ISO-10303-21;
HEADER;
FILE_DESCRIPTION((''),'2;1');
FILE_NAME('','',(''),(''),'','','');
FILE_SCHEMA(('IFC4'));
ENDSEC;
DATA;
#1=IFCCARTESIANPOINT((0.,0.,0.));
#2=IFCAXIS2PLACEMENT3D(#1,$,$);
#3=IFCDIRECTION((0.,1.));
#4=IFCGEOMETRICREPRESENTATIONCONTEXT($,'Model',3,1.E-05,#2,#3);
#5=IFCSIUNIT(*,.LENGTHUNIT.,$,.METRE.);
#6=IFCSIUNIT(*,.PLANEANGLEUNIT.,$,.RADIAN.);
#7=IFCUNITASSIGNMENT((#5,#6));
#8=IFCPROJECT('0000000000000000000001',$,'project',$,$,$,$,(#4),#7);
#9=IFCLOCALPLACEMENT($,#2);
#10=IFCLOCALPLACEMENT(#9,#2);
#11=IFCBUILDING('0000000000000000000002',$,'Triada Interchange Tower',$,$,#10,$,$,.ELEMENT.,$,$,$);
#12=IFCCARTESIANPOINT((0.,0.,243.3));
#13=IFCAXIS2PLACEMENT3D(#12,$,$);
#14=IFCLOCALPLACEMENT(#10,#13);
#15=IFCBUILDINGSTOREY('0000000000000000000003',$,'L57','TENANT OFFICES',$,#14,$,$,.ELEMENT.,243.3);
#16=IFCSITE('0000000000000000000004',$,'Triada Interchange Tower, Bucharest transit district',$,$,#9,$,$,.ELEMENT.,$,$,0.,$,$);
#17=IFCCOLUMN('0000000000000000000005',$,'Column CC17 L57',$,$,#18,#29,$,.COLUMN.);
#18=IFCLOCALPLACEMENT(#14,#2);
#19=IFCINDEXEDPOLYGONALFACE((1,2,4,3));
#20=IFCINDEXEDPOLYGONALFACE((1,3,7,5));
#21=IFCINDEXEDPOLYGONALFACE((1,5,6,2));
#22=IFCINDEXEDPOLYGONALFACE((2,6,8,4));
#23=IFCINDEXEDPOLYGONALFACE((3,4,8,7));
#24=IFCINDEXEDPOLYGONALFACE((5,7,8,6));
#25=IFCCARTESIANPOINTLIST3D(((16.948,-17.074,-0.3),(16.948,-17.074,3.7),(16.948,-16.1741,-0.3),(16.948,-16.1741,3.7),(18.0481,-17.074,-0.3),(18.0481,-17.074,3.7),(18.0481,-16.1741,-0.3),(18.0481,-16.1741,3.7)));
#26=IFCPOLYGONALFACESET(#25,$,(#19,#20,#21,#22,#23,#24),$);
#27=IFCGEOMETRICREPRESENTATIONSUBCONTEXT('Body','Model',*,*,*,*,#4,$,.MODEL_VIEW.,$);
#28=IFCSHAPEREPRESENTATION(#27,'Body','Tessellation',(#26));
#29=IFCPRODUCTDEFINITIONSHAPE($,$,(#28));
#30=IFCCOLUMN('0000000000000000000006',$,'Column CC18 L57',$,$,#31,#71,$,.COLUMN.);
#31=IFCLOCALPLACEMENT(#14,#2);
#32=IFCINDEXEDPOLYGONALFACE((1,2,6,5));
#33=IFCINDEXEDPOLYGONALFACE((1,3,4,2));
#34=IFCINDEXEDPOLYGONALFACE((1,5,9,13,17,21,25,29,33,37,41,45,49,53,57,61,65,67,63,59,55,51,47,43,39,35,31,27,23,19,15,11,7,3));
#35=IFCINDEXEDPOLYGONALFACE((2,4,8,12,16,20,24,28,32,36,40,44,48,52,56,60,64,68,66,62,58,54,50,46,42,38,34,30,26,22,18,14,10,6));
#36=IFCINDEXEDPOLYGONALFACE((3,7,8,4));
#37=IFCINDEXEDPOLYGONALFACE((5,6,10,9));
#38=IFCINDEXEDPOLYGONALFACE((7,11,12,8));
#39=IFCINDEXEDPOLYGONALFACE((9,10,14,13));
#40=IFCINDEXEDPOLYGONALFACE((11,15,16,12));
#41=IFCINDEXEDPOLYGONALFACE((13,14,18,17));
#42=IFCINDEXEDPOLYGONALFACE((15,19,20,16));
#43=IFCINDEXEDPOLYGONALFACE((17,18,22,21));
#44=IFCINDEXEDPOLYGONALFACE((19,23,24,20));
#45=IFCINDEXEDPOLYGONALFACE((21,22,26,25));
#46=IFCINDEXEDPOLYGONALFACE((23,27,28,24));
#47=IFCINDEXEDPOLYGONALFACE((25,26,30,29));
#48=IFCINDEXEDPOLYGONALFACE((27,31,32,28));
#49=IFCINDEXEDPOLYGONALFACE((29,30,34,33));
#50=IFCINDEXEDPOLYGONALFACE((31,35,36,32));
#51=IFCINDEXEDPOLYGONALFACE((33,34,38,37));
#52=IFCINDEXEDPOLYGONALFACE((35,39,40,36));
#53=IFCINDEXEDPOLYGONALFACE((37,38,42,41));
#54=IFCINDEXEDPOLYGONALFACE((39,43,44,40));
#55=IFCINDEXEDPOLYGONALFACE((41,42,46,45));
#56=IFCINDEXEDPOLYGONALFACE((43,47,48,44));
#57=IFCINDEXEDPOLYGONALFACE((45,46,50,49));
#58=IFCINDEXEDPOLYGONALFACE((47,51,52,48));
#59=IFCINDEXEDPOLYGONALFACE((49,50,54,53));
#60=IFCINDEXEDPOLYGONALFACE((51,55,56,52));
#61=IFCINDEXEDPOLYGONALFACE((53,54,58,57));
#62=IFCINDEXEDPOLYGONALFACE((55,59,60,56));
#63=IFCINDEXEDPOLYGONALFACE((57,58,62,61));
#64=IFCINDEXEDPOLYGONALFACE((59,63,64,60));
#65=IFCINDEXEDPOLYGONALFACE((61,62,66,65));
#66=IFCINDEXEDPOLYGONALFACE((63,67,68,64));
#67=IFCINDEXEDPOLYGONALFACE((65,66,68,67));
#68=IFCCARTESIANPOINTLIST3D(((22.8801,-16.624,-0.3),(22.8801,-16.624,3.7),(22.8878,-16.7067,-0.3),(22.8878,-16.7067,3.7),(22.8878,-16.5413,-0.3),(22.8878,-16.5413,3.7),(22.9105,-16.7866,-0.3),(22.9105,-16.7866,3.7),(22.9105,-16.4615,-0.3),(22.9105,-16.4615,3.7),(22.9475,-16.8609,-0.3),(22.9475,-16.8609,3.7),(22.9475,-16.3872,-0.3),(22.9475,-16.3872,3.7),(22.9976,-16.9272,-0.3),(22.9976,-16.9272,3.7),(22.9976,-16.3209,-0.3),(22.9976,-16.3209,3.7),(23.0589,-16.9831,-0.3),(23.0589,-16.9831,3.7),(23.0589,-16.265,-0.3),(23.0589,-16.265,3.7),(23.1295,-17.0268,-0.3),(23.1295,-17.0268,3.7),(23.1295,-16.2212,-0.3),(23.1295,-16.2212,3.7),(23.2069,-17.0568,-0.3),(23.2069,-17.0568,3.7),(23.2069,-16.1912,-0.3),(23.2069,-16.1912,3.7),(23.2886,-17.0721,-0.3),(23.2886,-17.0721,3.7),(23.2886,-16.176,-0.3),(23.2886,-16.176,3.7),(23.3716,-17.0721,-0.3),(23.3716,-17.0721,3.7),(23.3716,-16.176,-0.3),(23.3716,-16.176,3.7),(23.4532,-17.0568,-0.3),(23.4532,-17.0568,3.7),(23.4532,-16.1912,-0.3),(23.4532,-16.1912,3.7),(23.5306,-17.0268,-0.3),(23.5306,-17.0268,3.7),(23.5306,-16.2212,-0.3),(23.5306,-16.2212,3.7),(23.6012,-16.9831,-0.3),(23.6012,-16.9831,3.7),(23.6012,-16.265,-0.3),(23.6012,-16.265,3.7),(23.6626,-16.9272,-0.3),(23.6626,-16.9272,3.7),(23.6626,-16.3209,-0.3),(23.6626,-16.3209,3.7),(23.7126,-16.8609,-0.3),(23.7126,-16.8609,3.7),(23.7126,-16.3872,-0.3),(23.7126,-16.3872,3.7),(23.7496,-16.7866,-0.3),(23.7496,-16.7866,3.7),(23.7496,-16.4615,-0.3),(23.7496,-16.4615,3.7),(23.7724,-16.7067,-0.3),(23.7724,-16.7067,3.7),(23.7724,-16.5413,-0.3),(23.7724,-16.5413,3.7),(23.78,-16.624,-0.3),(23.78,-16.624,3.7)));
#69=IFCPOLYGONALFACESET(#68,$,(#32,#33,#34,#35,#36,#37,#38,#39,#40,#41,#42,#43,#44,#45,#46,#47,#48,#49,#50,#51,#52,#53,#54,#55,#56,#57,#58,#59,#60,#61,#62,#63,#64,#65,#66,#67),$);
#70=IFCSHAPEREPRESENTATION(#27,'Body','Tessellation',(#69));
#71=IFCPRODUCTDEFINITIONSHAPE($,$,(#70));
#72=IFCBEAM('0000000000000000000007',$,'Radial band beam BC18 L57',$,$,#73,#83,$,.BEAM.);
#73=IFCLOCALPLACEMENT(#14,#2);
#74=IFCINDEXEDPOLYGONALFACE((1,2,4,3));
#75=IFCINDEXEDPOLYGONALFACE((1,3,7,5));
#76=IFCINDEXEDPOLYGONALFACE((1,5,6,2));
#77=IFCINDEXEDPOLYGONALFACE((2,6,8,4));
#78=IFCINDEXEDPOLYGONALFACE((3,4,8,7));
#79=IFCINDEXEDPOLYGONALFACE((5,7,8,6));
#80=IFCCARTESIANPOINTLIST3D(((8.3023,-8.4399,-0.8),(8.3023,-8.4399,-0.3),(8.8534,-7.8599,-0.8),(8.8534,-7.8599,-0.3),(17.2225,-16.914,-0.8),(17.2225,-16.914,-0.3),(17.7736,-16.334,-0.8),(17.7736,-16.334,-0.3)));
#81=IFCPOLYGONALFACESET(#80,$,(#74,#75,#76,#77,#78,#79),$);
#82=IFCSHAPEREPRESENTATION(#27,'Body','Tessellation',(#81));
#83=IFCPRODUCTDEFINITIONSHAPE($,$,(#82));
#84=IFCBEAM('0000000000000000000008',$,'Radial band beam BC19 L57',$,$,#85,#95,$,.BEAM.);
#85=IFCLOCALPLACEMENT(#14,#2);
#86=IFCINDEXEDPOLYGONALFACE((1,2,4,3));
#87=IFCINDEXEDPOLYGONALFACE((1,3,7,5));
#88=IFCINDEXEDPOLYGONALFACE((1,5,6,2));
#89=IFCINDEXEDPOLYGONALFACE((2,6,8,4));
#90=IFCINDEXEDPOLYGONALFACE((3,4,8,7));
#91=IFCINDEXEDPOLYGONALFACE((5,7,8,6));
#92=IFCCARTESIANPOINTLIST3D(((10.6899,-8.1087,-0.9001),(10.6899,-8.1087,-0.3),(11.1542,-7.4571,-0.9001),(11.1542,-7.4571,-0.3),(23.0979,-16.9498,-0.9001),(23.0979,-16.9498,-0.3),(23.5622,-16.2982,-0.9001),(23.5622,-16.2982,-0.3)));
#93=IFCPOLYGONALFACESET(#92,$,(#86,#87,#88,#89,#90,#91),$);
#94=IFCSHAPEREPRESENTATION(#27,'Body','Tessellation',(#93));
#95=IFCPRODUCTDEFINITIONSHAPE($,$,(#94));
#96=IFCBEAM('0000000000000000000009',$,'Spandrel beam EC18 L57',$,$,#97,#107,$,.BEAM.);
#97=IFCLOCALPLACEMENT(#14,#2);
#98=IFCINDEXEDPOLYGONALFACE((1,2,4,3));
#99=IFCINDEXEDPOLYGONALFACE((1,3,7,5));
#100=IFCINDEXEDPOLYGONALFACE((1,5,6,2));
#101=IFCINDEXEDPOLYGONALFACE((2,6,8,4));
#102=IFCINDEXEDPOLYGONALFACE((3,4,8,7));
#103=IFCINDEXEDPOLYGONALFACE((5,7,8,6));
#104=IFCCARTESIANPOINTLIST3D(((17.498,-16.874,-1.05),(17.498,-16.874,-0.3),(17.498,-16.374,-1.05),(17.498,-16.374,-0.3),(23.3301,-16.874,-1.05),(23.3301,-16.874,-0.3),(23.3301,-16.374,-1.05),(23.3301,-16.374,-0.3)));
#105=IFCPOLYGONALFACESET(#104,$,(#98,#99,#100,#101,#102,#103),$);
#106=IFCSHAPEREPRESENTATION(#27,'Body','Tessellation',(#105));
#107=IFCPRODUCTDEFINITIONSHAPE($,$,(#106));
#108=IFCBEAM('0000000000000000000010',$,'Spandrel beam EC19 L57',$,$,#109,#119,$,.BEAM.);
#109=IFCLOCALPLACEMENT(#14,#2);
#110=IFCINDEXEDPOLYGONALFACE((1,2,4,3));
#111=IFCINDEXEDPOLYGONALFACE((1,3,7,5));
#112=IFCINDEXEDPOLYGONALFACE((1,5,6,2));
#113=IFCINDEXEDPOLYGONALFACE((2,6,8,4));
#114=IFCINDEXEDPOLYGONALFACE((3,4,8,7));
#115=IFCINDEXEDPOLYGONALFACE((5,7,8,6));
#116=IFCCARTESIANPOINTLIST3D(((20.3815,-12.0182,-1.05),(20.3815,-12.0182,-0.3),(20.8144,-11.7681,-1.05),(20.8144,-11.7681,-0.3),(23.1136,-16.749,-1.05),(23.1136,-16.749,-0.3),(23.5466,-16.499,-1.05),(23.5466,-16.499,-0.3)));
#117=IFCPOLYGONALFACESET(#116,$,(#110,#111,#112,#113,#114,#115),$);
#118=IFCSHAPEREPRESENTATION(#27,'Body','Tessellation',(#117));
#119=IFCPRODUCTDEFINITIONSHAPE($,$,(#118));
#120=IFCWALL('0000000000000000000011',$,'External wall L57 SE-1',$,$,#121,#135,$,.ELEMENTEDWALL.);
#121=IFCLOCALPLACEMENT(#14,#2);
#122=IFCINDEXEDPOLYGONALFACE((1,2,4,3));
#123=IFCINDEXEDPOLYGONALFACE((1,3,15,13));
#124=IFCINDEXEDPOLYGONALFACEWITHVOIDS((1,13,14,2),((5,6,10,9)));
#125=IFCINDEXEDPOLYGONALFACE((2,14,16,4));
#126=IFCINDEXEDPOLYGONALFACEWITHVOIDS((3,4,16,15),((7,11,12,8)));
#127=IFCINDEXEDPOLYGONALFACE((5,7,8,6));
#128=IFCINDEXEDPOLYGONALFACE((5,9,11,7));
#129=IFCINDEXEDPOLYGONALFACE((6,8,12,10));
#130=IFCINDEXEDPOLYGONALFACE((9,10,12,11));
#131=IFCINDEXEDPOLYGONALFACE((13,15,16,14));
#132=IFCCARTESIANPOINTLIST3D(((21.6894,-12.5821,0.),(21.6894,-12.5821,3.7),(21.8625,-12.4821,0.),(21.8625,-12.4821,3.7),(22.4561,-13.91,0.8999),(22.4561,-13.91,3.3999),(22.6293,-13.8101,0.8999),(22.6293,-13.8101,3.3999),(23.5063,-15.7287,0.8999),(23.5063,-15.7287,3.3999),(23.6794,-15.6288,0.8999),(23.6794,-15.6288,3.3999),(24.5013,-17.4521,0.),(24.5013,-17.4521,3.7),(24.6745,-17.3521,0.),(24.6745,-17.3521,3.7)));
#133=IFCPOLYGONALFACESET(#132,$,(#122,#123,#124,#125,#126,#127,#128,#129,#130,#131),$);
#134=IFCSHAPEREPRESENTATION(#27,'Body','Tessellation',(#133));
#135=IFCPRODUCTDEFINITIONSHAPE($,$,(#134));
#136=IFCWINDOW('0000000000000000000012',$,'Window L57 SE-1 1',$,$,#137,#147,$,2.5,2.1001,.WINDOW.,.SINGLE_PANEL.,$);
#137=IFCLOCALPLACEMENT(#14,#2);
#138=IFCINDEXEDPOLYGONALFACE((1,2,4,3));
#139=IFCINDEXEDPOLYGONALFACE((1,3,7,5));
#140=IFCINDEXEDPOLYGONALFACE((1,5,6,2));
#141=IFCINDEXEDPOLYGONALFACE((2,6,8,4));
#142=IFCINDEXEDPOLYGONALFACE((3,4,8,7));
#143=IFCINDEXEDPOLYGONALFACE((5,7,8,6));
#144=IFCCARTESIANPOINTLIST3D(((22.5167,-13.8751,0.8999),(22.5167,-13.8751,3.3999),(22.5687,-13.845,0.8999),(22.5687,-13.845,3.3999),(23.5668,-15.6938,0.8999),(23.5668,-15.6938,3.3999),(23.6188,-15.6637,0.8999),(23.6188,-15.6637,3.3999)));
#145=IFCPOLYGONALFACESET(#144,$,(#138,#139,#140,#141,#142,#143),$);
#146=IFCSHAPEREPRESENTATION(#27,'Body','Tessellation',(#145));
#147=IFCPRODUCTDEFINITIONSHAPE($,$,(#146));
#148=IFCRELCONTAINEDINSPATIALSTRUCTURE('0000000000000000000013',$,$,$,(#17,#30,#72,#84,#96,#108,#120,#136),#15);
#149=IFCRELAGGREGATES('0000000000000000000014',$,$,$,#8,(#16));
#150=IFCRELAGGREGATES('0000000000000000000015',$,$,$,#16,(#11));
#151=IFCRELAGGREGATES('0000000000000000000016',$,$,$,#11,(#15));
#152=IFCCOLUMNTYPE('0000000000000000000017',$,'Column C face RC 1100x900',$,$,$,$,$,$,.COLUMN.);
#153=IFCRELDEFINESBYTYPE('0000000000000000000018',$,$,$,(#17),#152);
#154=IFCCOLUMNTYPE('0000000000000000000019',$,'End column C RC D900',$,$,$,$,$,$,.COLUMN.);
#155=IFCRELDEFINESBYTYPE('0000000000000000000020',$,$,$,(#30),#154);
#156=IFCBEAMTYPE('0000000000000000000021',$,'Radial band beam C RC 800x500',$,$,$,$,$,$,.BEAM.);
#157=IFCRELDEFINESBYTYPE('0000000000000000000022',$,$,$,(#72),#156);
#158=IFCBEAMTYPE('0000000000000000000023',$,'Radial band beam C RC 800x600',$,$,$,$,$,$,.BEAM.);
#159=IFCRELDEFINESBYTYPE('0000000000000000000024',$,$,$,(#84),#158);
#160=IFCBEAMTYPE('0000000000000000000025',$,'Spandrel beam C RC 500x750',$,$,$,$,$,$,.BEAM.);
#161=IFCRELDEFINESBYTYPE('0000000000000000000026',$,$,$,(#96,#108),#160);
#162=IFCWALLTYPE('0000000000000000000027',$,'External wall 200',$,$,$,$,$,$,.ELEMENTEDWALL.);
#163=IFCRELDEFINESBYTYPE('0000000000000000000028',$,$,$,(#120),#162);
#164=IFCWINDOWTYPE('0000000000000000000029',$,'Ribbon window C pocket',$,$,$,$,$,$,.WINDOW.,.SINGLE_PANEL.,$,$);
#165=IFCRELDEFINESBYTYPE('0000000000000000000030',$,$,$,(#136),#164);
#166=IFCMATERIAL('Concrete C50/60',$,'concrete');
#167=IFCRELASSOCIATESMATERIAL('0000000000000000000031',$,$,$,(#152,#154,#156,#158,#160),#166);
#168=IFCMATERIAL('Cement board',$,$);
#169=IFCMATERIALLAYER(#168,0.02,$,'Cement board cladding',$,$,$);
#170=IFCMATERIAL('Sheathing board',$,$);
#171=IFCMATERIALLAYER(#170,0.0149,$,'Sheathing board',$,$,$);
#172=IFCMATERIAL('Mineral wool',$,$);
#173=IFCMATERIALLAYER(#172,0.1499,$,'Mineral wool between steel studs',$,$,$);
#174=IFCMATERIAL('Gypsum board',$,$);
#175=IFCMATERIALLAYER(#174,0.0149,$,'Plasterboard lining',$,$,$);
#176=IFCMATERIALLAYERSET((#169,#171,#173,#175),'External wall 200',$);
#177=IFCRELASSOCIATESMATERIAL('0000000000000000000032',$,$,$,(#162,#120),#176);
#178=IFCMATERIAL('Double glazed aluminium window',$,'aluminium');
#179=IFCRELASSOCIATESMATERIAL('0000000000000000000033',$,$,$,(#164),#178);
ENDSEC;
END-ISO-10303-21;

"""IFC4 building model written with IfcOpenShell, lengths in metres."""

from ifc_helpers import new_model, si_unit, direction, frame, frame_2d, origin, origin_2d, place, context, subcontext, project, spatial, rectangle, circle, extrude, material, layer, layer_set, layer_usage, material_profile, profile_set, type_object, element, fill, save


model = new_model("IFC4")

# Units and contexts
model_context = context("Model", 3, precision=1e-05, world=origin(), true_north=direction((0.0, 1.0)))
body_context = subcontext(model_context, "Body", "Model", "MODEL_VIEW")
ifc_project = project(units=[si_unit("LENGTHUNIT", "METRE"), si_unit("PLANEANGLEUNIT", "RADIAN")], contexts=[model_context])

# Site, building, storey
site_placement = place(None, origin())
site = spatial("IfcSite", under=ifc_project, at=site_placement, Name="Triada Interchange Tower, Bucharest transit district", CompositionType="ELEMENT", RefElevation=0.0)
building_placement = place(site_placement, origin())
building = spatial("IfcBuilding", under=site, at=building_placement, Name="Triada Interchange Tower", CompositionType="ELEMENT")
storey_placement = place(building_placement, frame((0.0, 0.0, 243.3)))
storey = spatial("IfcBuildingStorey", under=building, at=storey_placement, Name="L57", Description="TENANT OFFICES", CompositionType="ELEMENT", Elevation=243.3)

# Columns
ifc_material_1 = material(Name="Concrete C50/60", Category="concrete")
ifc_material_profile_1 = material_profile(ifc_material_1, rectangle(XDim=1.1001, YDim=0.8999, at=origin_2d()), Name="RC 1100x900")
ifc_profile_set_1 = profile_set([ifc_material_profile_1], Name="Concrete C50/60")
column_type_1 = type_object("IfcColumnType", Name="Column C face RC 1100x900", PredefinedType="COLUMN", material=ifc_profile_set_1)
column_1_placement = place(storey_placement, frame((17.498, -16.624, -0.3), z_axis=(0.0, 0.0, 1.0), x_axis=(1.0, 0.0, 0.0)))
element("IfcColumn", 1, at=column_1_placement, inside=storey, type_object=column_type_1, Name="Column CC17 L57", PredefinedType="COLUMN", context=body_context, shape_type="SweptSolid", body=[
    extrude(rectangle(XDim=1.1001, YDim=0.8999, at=origin_2d()), origin(), (0.0, 0.0, 1.0), 4.0),
])
ifc_material_profile_2 = material_profile(ifc_material_1, circle(Radius=0.45, at=origin_2d()), Name="RC D900")
ifc_profile_set_2 = profile_set([ifc_material_profile_2], Name="Concrete C50/60")
column_type_2 = type_object("IfcColumnType", Name="End column C RC D900", PredefinedType="COLUMN", material=ifc_profile_set_2)
column_2_placement = place(storey_placement, frame((23.3301, -16.624, -0.3), z_axis=(0.0, 0.0, 1.0), x_axis=(1.0, 0.0, 0.0)))
element("IfcColumn", 2, at=column_2_placement, inside=storey, type_object=column_type_2, Name="Column CC18 L57", PredefinedType="COLUMN", context=body_context, shape_type="SweptSolid", body=[
    extrude(circle(Radius=0.45, at=origin_2d()), origin(), (0.0, 0.0, 1.0), 4.0),
])

# Beams
ifc_material_profile_3 = material_profile(ifc_material_1, rectangle(XDim=0.8, YDim=0.5, at=origin_2d()), Name="RC 800x500")
ifc_profile_set_3 = profile_set([ifc_material_profile_3], Name="Concrete C50/60")
beam_type_1 = type_object("IfcBeamType", Name="Radial band beam C RC 800x500", PredefinedType="BEAM", material=ifc_profile_set_3)
beam_1_placement = place(storey_placement, frame((17.498, -16.624, -0.55), z_axis=(-0.725001, 0.688748, 0.0), x_axis=(-0.688748, -0.725001, 0.0)))
element("IfcBeam", 3, at=beam_1_placement, inside=storey, type_object=beam_type_1, Name="Radial band beam BC18 L57", PredefinedType="BEAM", context=body_context, shape_type="SweptSolid", body=[
    extrude(rectangle(XDim=0.8, YDim=0.5, at=origin_2d()), origin(), (0.0, 0.0, 1.0), 12.3037),
])
ifc_material_profile_4 = material_profile(ifc_material_1, rectangle(XDim=0.8, YDim=0.6001, at=origin_2d()), Name="RC 800x600")
ifc_profile_set_4 = profile_set([ifc_material_profile_4], Name="Concrete C50/60")
beam_type_2 = type_object("IfcBeamType", Name="Radial band beam C RC 800x600", PredefinedType="BEAM", material=ifc_profile_set_4)
beam_2_placement = place(storey_placement, frame((23.3301, -16.624, -0.6001), z_axis=(-0.814409, 0.580292, 0.0), x_axis=(-0.580292, -0.814409, 0.0)))
element("IfcBeam", 4, at=beam_2_placement, inside=storey, type_object=beam_type_2, Name="Radial band beam BC19 L57", PredefinedType="BEAM", context=body_context, shape_type="SweptSolid", body=[
    extrude(rectangle(XDim=0.8, YDim=0.6001, at=origin_2d()), origin(), (0.0, 0.0, 1.0), 15.2356),
])
ifc_material_profile_5 = material_profile(ifc_material_1, rectangle(XDim=0.5, YDim=0.75, at=origin_2d()), Name="RC 500x750")
ifc_profile_set_5 = profile_set([ifc_material_profile_5], Name="Concrete C50/60")
beam_type_3 = type_object("IfcBeamType", Name="Spandrel beam C RC 500x750", PredefinedType="BEAM", material=ifc_profile_set_5)
beam_3_placement = place(storey_placement, frame((17.498, -16.624, -0.675), z_axis=(1.0, 0.0, 0.0), x_axis=(0.0, 1.0, 0.0)))
element("IfcBeam", 5, at=beam_3_placement, inside=storey, type_object=beam_type_3, Name="Spandrel beam EC18 L57", PredefinedType="BEAM", context=body_context, shape_type="SweptSolid", body=[
    extrude(rectangle(XDim=0.5, YDim=0.75, at=origin_2d()), origin(), (0.0, 0.0, 1.0), 5.832),
])
beam_4_placement = place(storey_placement, frame((23.3301, -16.624, -0.675), z_axis=(-0.500104, 0.865965, 0.0), x_axis=(-0.865965, -0.500104, 0.0)))
element("IfcBeam", 6, at=beam_4_placement, inside=storey, type_object=beam_type_3, Name="Spandrel beam EC19 L57", PredefinedType="BEAM", context=body_context, shape_type="SweptSolid", body=[
    extrude(rectangle(XDim=0.5, YDim=0.75, at=origin_2d()), origin(), (0.0, 0.0, 1.0), 5.4631),
])

# Wall, opening, window
ifc_material_2 = material(Name="Cement board")
ifc_layer_1 = layer(ifc_material_2, 0.02, Name="Cement board cladding")
ifc_material_3 = material(Name="Sheathing board")
ifc_layer_2 = layer(ifc_material_3, 0.0149, Name="Sheathing board")
ifc_material_4 = material(Name="Mineral wool")
ifc_layer_3 = layer(ifc_material_4, 0.1499, Name="Mineral wool between steel studs")
ifc_material_5 = material(Name="Gypsum board")
ifc_layer_4 = layer(ifc_material_5, 0.0149, Name="Plasterboard lining")
ifc_layer_set_1 = layer_set([ifc_layer_1, ifc_layer_2, ifc_layer_3, ifc_layer_4], Name="External wall 200")
ifc_layer_usage = layer_usage(ifc_layer_set_1, "AXIS2", "POSITIVE", -0.1001)
wall_type_1 = type_object("IfcWallType", Name="External wall 200", PredefinedType="ELEMENTEDWALL", material=ifc_layer_set_1)
wall_1_placement = place(storey_placement, frame((24.5879, -17.4021, 0.0), z_axis=(0.0, 0.0, 1.0), x_axis=(-0.500033, 0.866006, 0.0)))
wall_1 = element("IfcWall", 7, at=wall_1_placement, inside=storey, type_object=wall_type_1, material=ifc_layer_usage, Name="External wall L57 SE-1", PredefinedType="ELEMENTEDWALL", context=body_context, shape_type="SweptSolid", body=[
    extrude(rectangle(XDim=5.6235, YDim=0.2, at=frame_2d((2.8118, 0.0))), origin(), (0.0, 0.0, 1.0), 3.7),
])
opening_1_placement = place(wall_1_placement, frame((1.99, 0.0, 0.8999)))
opening_1 = element("IfcOpeningElement", 8, at=opening_1_placement, cuts=wall_1, PredefinedType="OPENING", context=body_context, shape_type="SweptSolid", body=[
    extrude(rectangle(XDim=2.1001, YDim=2.5, at=frame_2d((1.05, 1.25))), frame((0.0, 0.1099, 0.0), z_axis=(0.0, -1.0, 0.0), x_axis=(1.0, 0.0, 0.0)), (0.0, 0.0, 1.0), 0.22),
])
ifc_material_6 = material(Name="Double glazed aluminium window", Category="aluminium")
window_type_1 = type_object("IfcWindowType", Name="Ribbon window C pocket", PartitioningType="SINGLE_PANEL", PredefinedType="WINDOW", material=ifc_material_6)
window_1_placement = place(opening_1_placement, origin())
window_1 = element("IfcWindow", 9, at=window_1_placement, inside=storey, type_object=window_type_1, Name="Window L57 SE-1 1", OverallHeight=2.5, OverallWidth=2.1001, PartitioningType="SINGLE_PANEL", PredefinedType="WINDOW", context=body_context, shape_type="SweptSolid", body=[
    extrude(rectangle(XDim=2.1001, YDim=2.5, at=frame_2d((1.05, 1.25))), frame((0.0, 0.03, 0.0), z_axis=(0.0, -1.0, 0.0), x_axis=(1.0, 0.0, 0.0)), (0.0, 0.0, 1.0), 0.0601),
])
fill(opening_1, window_1)

save(model, "model.ifc")
